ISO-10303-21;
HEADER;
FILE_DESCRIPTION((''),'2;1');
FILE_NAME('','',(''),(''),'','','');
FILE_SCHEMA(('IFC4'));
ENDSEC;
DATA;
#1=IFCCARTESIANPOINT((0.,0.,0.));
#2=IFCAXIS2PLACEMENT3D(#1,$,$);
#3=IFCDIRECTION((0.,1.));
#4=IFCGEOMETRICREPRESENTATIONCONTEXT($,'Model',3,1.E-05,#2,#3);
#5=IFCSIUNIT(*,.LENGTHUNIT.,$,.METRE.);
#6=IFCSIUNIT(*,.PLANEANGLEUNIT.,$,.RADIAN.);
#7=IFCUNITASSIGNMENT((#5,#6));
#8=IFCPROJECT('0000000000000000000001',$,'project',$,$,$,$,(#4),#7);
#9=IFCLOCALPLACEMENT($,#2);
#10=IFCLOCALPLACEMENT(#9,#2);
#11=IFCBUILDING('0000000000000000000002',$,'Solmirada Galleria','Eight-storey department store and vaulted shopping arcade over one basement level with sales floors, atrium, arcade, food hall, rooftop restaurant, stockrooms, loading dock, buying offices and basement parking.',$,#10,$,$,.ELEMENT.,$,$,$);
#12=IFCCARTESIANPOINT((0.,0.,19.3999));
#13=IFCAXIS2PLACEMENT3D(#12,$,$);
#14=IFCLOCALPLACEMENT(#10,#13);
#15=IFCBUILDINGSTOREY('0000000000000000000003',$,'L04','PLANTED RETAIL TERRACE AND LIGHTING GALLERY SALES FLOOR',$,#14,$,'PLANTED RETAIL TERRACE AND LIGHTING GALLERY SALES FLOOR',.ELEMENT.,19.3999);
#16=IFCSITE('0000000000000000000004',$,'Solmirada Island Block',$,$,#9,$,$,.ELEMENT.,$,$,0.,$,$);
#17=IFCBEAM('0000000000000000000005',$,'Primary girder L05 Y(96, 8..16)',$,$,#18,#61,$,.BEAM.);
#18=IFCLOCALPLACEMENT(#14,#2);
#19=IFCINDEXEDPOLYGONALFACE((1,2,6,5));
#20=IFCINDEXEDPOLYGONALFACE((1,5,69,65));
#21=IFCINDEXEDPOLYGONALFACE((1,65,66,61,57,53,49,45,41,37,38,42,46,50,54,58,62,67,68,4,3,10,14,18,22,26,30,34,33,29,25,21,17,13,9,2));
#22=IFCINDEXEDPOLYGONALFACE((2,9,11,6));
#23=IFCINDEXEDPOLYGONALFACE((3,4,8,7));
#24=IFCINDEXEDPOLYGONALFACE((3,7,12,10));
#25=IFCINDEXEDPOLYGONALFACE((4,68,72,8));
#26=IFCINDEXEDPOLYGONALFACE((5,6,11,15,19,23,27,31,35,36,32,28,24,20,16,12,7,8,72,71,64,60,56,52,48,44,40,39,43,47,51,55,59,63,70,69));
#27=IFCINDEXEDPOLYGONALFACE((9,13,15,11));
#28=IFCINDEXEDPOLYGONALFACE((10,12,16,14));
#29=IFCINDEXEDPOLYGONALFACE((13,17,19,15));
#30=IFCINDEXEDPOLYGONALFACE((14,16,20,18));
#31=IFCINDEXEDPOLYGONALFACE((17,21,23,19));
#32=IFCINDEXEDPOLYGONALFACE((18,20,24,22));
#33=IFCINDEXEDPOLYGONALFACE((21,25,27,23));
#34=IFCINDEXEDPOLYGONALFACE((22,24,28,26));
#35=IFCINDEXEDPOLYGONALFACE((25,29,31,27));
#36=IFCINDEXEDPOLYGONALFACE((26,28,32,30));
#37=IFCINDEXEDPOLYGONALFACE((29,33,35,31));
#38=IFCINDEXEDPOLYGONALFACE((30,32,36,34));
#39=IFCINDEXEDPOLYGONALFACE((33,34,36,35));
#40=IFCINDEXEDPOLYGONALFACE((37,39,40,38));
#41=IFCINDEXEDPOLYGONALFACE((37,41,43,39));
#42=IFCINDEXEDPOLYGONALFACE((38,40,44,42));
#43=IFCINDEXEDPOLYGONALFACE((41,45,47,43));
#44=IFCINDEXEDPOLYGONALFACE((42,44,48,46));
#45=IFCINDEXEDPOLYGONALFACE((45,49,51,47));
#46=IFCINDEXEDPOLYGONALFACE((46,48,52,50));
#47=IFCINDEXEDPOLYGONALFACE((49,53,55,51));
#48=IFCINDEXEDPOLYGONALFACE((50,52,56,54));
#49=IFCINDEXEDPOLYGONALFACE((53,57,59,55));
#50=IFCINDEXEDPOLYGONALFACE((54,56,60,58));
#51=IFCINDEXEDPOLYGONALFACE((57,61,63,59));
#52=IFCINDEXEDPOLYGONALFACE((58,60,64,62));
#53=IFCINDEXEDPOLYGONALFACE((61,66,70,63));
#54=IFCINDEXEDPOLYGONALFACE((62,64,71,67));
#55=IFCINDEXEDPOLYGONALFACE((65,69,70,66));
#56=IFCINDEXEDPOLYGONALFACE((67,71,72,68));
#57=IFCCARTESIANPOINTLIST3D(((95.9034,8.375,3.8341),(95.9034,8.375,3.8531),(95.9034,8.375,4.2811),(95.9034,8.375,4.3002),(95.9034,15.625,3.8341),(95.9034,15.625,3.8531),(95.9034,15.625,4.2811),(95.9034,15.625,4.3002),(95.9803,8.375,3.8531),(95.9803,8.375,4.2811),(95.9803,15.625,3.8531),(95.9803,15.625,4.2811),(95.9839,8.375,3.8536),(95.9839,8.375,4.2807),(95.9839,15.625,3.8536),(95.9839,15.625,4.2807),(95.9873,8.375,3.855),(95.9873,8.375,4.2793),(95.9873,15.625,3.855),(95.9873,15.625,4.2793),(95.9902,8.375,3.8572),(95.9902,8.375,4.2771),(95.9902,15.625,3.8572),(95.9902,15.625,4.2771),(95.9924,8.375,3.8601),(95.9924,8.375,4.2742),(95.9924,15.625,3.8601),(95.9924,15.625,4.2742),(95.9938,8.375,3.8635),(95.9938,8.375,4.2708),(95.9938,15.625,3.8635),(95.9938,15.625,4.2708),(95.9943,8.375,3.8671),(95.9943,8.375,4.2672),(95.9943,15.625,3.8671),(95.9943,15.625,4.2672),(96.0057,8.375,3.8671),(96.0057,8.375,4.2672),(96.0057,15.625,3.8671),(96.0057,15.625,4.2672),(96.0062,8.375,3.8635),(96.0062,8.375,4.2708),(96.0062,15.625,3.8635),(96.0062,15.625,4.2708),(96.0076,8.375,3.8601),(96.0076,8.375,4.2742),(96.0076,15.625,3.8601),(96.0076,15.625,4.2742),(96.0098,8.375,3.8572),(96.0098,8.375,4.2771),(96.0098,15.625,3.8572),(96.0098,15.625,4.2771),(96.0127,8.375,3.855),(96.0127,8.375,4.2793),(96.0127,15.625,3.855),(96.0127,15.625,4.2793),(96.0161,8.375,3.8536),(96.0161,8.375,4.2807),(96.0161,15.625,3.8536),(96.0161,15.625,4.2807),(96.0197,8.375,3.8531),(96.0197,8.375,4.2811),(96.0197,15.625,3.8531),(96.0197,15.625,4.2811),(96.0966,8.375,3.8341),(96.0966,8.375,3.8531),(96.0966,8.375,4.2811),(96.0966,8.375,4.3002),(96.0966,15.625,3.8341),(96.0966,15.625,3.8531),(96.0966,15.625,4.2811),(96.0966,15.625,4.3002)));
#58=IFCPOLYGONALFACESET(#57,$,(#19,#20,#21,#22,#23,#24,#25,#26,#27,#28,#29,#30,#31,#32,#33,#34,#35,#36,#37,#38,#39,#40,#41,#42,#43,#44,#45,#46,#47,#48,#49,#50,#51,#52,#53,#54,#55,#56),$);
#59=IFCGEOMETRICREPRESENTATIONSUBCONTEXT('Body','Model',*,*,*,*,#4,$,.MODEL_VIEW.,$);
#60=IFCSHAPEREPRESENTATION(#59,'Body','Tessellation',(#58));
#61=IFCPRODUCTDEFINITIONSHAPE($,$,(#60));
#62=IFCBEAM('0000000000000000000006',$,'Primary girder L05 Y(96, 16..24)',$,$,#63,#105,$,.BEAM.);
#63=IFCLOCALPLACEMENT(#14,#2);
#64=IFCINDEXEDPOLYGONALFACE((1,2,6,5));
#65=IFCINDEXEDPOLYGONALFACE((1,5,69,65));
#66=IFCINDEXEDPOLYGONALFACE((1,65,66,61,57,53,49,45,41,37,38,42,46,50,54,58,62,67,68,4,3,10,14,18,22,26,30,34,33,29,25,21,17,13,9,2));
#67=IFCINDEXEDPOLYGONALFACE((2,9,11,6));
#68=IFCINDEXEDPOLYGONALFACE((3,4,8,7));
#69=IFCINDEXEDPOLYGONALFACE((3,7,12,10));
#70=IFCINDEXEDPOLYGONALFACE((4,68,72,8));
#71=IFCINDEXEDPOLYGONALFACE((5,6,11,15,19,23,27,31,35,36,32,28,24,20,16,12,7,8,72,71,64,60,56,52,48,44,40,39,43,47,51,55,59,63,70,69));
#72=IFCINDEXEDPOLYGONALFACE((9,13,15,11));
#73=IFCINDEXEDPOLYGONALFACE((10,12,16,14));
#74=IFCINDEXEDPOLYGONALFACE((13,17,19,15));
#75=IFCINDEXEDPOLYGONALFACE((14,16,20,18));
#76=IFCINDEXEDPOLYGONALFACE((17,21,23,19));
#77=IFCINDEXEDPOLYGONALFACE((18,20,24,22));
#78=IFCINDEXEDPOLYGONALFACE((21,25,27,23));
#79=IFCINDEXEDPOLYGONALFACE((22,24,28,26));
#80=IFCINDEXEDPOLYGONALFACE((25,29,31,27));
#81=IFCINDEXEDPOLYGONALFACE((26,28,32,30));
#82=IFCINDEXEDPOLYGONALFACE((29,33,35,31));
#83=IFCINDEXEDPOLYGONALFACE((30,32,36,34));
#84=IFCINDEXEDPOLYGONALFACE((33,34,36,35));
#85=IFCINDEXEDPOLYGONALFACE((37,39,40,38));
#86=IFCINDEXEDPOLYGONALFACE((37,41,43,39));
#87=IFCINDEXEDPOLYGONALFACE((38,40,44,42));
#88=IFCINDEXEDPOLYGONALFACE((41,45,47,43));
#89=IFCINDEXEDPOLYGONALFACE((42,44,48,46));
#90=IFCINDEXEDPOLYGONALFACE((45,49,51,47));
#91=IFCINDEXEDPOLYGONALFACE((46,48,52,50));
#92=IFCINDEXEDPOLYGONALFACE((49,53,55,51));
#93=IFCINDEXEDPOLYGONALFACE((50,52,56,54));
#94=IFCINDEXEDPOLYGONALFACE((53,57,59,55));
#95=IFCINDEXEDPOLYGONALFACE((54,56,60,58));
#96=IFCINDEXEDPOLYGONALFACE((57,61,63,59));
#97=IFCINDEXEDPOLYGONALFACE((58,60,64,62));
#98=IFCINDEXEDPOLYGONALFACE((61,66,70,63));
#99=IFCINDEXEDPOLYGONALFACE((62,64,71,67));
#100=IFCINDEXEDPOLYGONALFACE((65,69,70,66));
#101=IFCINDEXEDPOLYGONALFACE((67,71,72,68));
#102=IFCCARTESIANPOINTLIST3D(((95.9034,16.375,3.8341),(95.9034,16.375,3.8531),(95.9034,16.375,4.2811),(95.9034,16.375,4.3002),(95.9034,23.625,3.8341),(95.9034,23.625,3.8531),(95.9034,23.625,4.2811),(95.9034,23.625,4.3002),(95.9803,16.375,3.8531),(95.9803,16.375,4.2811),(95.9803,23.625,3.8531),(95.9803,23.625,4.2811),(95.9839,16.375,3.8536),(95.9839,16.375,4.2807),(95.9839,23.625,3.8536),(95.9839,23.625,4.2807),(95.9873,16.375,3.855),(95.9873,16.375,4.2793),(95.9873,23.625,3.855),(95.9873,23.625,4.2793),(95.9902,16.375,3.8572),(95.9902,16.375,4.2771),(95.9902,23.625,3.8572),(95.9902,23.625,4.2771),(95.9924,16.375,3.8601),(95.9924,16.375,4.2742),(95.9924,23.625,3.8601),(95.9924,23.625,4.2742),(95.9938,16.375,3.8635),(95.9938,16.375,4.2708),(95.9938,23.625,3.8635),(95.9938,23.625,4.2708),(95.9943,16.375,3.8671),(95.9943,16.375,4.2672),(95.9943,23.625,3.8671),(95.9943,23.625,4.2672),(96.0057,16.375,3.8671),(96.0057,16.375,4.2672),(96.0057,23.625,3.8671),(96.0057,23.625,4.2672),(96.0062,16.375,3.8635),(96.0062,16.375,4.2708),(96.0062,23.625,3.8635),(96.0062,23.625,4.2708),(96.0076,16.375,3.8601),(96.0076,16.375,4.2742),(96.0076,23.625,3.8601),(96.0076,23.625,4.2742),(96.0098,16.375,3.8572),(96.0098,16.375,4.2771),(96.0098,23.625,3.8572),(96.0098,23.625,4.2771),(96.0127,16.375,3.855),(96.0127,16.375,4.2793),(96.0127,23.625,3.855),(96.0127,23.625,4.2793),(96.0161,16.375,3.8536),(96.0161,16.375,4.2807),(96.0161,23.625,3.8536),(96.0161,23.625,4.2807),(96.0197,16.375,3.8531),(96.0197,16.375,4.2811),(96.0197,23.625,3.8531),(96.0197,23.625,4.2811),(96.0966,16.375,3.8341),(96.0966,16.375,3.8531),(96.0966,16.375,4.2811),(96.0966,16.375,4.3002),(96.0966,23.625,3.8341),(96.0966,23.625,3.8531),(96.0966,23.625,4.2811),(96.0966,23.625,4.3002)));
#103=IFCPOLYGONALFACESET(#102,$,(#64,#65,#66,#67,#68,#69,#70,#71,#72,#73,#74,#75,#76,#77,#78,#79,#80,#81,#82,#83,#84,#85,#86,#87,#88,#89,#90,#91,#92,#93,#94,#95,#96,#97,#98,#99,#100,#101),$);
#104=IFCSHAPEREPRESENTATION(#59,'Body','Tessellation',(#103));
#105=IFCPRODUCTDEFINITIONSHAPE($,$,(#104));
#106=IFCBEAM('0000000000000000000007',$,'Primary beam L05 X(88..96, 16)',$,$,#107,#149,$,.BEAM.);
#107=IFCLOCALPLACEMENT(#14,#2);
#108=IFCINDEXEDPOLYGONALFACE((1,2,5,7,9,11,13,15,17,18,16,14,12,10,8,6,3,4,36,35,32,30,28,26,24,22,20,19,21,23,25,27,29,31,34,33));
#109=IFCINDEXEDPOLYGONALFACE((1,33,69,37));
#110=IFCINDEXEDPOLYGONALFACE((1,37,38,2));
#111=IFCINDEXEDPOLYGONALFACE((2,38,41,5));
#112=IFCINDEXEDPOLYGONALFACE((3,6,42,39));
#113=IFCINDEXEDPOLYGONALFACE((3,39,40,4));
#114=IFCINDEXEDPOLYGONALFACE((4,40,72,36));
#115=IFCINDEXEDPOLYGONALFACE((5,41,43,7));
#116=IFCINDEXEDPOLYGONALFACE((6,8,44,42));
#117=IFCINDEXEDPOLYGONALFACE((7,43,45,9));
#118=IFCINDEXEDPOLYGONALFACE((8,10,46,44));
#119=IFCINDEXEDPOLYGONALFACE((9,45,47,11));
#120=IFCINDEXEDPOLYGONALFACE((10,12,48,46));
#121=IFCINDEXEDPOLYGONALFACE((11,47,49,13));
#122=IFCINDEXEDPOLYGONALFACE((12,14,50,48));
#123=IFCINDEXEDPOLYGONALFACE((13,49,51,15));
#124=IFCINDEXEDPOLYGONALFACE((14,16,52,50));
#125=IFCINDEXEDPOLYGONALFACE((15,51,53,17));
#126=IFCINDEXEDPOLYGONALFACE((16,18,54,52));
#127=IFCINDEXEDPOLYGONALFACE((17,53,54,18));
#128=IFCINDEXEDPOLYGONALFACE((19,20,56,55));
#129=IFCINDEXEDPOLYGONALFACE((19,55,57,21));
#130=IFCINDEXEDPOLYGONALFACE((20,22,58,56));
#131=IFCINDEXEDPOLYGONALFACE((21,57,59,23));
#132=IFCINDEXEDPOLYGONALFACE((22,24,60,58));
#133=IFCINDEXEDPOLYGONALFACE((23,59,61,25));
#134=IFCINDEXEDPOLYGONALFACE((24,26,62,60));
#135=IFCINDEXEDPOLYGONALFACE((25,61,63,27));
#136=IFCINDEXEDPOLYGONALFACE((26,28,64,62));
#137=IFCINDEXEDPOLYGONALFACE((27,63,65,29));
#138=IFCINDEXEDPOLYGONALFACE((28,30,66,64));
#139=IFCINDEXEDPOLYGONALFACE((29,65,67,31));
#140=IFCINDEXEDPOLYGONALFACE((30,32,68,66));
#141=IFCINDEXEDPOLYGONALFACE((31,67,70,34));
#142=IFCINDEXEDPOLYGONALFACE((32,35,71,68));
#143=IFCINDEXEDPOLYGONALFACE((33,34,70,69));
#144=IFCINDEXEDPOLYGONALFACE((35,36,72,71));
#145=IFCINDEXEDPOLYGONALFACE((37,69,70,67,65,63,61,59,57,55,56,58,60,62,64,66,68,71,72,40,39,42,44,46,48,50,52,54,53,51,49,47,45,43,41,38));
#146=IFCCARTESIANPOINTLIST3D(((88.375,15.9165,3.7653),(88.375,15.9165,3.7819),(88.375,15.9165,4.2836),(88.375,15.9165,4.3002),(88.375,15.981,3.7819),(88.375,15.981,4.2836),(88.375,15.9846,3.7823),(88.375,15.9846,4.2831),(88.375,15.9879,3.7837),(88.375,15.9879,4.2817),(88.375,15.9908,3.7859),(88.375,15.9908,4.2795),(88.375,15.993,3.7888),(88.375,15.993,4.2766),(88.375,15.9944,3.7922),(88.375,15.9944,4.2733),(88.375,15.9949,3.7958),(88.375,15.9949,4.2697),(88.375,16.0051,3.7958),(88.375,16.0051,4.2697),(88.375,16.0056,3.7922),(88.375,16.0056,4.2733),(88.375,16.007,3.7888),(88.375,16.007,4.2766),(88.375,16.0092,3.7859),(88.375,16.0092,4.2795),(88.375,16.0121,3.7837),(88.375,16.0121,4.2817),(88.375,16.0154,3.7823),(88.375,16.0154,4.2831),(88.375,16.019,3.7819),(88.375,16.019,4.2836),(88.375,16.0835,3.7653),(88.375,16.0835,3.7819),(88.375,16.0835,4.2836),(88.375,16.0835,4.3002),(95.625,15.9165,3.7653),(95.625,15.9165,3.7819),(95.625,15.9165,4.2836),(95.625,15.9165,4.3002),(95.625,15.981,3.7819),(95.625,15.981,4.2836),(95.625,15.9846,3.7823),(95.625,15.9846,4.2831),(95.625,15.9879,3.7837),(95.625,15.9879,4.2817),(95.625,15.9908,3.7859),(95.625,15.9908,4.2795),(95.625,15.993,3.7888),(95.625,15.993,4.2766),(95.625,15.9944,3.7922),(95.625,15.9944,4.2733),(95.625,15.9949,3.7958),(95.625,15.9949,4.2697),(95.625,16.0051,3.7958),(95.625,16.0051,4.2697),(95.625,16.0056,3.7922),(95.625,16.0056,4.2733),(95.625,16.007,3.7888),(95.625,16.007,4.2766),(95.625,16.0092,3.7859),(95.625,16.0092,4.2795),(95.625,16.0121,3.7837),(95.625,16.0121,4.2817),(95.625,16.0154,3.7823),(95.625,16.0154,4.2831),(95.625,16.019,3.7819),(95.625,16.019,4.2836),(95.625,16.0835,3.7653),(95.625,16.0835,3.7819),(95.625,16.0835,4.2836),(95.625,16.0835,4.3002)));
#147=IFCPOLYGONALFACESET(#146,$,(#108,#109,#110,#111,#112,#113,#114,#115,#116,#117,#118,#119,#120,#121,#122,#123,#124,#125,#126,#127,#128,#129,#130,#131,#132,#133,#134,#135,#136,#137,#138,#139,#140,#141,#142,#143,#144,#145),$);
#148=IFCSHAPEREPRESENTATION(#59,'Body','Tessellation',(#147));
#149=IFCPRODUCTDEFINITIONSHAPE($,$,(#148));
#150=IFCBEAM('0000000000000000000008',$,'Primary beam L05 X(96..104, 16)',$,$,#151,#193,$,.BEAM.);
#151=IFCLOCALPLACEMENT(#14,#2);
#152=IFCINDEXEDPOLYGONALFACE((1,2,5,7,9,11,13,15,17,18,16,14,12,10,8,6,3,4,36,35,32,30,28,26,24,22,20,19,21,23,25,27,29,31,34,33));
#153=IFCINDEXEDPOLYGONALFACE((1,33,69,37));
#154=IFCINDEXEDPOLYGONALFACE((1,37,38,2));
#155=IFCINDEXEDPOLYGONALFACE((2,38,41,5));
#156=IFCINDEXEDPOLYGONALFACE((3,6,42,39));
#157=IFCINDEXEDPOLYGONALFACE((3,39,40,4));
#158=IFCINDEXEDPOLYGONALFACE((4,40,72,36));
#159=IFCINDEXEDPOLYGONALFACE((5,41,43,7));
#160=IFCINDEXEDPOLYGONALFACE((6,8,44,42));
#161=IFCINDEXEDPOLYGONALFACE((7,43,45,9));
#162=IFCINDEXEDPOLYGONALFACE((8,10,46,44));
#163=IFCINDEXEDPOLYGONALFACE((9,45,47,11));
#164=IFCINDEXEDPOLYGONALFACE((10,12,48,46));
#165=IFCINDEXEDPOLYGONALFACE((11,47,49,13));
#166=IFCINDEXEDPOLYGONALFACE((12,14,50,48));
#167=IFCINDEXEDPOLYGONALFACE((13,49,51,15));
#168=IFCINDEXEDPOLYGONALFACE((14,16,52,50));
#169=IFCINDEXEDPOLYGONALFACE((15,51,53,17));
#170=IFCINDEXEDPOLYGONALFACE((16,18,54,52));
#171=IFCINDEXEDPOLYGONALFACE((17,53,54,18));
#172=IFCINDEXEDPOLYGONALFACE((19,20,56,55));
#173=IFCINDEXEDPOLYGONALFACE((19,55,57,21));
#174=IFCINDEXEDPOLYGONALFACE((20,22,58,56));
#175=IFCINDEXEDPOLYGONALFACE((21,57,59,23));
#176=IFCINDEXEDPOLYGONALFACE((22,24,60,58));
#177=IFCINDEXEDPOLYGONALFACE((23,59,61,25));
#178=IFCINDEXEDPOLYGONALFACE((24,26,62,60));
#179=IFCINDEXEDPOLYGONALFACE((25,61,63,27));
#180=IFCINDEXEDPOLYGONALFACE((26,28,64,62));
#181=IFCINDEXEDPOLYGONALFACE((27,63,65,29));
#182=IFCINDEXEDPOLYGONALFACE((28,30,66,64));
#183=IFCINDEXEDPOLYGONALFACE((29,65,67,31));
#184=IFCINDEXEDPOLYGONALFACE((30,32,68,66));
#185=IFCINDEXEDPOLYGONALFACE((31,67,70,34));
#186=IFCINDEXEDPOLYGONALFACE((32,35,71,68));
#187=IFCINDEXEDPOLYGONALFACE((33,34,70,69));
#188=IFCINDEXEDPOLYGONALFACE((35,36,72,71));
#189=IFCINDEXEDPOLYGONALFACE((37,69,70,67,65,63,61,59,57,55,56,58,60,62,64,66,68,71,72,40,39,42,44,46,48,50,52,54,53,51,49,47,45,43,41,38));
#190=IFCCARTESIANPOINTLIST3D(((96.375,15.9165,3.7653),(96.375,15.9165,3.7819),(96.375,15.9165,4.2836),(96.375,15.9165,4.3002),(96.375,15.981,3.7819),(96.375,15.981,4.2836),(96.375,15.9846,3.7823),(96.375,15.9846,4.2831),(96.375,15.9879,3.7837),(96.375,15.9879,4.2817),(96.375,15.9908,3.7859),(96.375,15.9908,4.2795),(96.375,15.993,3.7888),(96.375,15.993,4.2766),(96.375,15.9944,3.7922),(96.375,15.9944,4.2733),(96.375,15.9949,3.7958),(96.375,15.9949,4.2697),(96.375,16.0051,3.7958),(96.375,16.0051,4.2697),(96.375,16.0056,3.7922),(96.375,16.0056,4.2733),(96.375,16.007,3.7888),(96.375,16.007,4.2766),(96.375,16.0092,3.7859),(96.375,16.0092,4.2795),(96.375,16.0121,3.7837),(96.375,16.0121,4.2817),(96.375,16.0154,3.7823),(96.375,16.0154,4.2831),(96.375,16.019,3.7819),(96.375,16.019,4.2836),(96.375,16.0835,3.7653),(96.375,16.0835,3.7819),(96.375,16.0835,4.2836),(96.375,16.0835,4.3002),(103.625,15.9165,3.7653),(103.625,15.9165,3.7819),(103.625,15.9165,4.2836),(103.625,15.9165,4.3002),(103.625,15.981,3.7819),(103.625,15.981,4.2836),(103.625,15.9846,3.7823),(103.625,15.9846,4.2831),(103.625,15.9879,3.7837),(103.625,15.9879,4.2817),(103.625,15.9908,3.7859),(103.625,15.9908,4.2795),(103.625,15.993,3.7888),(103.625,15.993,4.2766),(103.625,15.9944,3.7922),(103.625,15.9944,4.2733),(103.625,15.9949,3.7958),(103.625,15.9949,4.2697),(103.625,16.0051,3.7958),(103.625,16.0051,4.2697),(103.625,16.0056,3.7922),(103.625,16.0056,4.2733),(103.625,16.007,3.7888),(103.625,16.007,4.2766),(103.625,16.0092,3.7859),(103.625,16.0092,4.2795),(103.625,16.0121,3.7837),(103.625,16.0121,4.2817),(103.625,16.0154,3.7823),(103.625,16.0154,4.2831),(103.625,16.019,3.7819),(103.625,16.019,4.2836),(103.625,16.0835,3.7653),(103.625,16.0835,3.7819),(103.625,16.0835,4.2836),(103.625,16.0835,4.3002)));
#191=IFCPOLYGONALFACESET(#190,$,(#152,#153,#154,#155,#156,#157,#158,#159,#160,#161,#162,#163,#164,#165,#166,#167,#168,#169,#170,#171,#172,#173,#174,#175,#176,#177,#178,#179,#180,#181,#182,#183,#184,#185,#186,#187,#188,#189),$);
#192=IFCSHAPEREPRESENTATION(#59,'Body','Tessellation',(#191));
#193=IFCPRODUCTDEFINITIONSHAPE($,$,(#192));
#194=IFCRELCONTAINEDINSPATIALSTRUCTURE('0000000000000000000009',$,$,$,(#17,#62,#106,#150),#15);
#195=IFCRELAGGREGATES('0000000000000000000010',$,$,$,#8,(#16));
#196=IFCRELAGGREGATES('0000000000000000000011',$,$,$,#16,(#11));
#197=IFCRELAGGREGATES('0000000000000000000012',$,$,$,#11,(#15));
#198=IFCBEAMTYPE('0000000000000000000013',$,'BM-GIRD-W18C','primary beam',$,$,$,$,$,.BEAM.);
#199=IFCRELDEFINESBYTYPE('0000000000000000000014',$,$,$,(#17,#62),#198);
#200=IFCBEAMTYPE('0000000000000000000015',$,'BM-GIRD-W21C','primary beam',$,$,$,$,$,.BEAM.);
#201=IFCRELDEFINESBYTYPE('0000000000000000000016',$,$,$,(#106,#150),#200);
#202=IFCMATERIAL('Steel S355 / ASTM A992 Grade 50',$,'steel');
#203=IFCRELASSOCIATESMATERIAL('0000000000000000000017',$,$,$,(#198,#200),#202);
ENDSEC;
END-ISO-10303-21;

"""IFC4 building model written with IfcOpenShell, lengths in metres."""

from ifc_helpers import new_model, si_unit, direction, frame, origin, origin_2d, place, context, subcontext, project, spatial, i_section, extrude, material, material_profile, profile_set, type_object, element, save


model = new_model("IFC4")

# Units and contexts
model_context = context("Model", 3, precision=1e-05, world=origin(), true_north=direction((0.0, 1.0)))
body_context = subcontext(model_context, "Body", "Model", "MODEL_VIEW")
ifc_project = project(units=[si_unit("LENGTHUNIT", "METRE"), si_unit("PLANEANGLEUNIT", "RADIAN")], contexts=[model_context])

# Site, building, storey
site_placement = place(None, origin())
site = spatial("IfcSite", under=ifc_project, at=site_placement, Name="Solmirada Island Block", CompositionType="ELEMENT", RefElevation=0.0)
building_placement = place(site_placement, origin())
building = spatial("IfcBuilding", under=site, at=building_placement, Name="Solmirada Galleria", Description="Eight-storey department store and vaulted shopping arcade over one basement level with sales floors, atrium, arcade, food hall, rooftop restaurant, stockrooms, loading dock, buying offices and basement parking.", CompositionType="ELEMENT")
storey_placement = place(building_placement, frame((0.0, 0.0, 19.3999)))
storey = spatial("IfcBuildingStorey", under=building, at=storey_placement, Name="L04", Description="PLANTED RETAIL TERRACE AND LIGHTING GALLERY SALES FLOOR", LongName="PLANTED RETAIL TERRACE AND LIGHTING GALLERY SALES FLOOR", CompositionType="ELEMENT", Elevation=19.3999)

# Beams
ifc_material_1 = material(Name="Steel S355 / ASTM A992 Grade 50", Category="steel")
ifc_material_profile_1 = material_profile(ifc_material_1, i_section(OverallWidth=0.1931, OverallDepth=0.4661, WebThickness=0.0115, FlangeThickness=0.019, FilletRadius=0.0139, at=origin_2d()), Name="W18X65")
ifc_profile_set_1 = profile_set([ifc_material_profile_1], Name="Steel S355 / ASTM A992 Grade 50")
beam_type_1 = type_object("IfcBeamType", Name="BM-GIRD-W18C", Description="primary beam", PredefinedType="BEAM", material=ifc_profile_set_1)
for number, where, z_axis, x_axis, name in (
    (1, (96.0, 8.375, 4.0671), (0.0, 1.0, 0.0), (-1.0, 0.0, 0.0), "Primary girder L05 Y(96, 8..16)"),
    (2, (96.0, 16.375, 4.0671), (0.0, 1.0, 0.0), (-1.0, 0.0, 0.0), "Primary girder L05 Y(96, 16..24)"),
):
    element("IfcBeam", number, at=place(storey_placement, frame(where, z_axis=z_axis, x_axis=x_axis)), inside=storey, type_object=beam_type_1, Name=name, PredefinedType="BEAM", context=body_context, shape_type="SweptSolid", body=[
        extrude(i_section(OverallWidth=0.1931, OverallDepth=0.4661, WebThickness=0.0115, FlangeThickness=0.019, FilletRadius=0.0139, at=origin_2d()), origin(), (0.0, 0.0, 1.0), 7.25),
    ])
ifc_material_profile_2 = material_profile(ifc_material_1, i_section(OverallWidth=0.167, OverallDepth=0.5349, WebThickness=0.0103, FlangeThickness=0.0166, FilletRadius=0.0139, at=origin_2d()), Name="W21X57")
ifc_profile_set_2 = profile_set([ifc_material_profile_2], Name="Steel S355 / ASTM A992 Grade 50")
beam_type_2 = type_object("IfcBeamType", Name="BM-GIRD-W21C", Description="primary beam", PredefinedType="BEAM", material=ifc_profile_set_2)
for number, where, z_axis, x_axis, name in (
    (3, (88.375, 16.0, 4.0327), (1.0, 0.0, 0.0), (0.0, 1.0, 0.0), "Primary beam L05 X(88..96, 16)"),
    (4, (96.375, 16.0, 4.0327), (1.0, 0.0, 0.0), (0.0, 1.0, 0.0), "Primary beam L05 X(96..104, 16)"),
):
    element("IfcBeam", number, at=place(storey_placement, frame(where, z_axis=z_axis, x_axis=x_axis)), inside=storey, type_object=beam_type_2, Name=name, PredefinedType="BEAM", context=body_context, shape_type="SweptSolid", body=[
        extrude(i_section(OverallWidth=0.167, OverallDepth=0.5349, WebThickness=0.0103, FlangeThickness=0.0166, FilletRadius=0.0139, at=origin_2d()), origin(), (0.0, 0.0, 1.0), 7.25),
    ])

save(model, "model.ifc")
